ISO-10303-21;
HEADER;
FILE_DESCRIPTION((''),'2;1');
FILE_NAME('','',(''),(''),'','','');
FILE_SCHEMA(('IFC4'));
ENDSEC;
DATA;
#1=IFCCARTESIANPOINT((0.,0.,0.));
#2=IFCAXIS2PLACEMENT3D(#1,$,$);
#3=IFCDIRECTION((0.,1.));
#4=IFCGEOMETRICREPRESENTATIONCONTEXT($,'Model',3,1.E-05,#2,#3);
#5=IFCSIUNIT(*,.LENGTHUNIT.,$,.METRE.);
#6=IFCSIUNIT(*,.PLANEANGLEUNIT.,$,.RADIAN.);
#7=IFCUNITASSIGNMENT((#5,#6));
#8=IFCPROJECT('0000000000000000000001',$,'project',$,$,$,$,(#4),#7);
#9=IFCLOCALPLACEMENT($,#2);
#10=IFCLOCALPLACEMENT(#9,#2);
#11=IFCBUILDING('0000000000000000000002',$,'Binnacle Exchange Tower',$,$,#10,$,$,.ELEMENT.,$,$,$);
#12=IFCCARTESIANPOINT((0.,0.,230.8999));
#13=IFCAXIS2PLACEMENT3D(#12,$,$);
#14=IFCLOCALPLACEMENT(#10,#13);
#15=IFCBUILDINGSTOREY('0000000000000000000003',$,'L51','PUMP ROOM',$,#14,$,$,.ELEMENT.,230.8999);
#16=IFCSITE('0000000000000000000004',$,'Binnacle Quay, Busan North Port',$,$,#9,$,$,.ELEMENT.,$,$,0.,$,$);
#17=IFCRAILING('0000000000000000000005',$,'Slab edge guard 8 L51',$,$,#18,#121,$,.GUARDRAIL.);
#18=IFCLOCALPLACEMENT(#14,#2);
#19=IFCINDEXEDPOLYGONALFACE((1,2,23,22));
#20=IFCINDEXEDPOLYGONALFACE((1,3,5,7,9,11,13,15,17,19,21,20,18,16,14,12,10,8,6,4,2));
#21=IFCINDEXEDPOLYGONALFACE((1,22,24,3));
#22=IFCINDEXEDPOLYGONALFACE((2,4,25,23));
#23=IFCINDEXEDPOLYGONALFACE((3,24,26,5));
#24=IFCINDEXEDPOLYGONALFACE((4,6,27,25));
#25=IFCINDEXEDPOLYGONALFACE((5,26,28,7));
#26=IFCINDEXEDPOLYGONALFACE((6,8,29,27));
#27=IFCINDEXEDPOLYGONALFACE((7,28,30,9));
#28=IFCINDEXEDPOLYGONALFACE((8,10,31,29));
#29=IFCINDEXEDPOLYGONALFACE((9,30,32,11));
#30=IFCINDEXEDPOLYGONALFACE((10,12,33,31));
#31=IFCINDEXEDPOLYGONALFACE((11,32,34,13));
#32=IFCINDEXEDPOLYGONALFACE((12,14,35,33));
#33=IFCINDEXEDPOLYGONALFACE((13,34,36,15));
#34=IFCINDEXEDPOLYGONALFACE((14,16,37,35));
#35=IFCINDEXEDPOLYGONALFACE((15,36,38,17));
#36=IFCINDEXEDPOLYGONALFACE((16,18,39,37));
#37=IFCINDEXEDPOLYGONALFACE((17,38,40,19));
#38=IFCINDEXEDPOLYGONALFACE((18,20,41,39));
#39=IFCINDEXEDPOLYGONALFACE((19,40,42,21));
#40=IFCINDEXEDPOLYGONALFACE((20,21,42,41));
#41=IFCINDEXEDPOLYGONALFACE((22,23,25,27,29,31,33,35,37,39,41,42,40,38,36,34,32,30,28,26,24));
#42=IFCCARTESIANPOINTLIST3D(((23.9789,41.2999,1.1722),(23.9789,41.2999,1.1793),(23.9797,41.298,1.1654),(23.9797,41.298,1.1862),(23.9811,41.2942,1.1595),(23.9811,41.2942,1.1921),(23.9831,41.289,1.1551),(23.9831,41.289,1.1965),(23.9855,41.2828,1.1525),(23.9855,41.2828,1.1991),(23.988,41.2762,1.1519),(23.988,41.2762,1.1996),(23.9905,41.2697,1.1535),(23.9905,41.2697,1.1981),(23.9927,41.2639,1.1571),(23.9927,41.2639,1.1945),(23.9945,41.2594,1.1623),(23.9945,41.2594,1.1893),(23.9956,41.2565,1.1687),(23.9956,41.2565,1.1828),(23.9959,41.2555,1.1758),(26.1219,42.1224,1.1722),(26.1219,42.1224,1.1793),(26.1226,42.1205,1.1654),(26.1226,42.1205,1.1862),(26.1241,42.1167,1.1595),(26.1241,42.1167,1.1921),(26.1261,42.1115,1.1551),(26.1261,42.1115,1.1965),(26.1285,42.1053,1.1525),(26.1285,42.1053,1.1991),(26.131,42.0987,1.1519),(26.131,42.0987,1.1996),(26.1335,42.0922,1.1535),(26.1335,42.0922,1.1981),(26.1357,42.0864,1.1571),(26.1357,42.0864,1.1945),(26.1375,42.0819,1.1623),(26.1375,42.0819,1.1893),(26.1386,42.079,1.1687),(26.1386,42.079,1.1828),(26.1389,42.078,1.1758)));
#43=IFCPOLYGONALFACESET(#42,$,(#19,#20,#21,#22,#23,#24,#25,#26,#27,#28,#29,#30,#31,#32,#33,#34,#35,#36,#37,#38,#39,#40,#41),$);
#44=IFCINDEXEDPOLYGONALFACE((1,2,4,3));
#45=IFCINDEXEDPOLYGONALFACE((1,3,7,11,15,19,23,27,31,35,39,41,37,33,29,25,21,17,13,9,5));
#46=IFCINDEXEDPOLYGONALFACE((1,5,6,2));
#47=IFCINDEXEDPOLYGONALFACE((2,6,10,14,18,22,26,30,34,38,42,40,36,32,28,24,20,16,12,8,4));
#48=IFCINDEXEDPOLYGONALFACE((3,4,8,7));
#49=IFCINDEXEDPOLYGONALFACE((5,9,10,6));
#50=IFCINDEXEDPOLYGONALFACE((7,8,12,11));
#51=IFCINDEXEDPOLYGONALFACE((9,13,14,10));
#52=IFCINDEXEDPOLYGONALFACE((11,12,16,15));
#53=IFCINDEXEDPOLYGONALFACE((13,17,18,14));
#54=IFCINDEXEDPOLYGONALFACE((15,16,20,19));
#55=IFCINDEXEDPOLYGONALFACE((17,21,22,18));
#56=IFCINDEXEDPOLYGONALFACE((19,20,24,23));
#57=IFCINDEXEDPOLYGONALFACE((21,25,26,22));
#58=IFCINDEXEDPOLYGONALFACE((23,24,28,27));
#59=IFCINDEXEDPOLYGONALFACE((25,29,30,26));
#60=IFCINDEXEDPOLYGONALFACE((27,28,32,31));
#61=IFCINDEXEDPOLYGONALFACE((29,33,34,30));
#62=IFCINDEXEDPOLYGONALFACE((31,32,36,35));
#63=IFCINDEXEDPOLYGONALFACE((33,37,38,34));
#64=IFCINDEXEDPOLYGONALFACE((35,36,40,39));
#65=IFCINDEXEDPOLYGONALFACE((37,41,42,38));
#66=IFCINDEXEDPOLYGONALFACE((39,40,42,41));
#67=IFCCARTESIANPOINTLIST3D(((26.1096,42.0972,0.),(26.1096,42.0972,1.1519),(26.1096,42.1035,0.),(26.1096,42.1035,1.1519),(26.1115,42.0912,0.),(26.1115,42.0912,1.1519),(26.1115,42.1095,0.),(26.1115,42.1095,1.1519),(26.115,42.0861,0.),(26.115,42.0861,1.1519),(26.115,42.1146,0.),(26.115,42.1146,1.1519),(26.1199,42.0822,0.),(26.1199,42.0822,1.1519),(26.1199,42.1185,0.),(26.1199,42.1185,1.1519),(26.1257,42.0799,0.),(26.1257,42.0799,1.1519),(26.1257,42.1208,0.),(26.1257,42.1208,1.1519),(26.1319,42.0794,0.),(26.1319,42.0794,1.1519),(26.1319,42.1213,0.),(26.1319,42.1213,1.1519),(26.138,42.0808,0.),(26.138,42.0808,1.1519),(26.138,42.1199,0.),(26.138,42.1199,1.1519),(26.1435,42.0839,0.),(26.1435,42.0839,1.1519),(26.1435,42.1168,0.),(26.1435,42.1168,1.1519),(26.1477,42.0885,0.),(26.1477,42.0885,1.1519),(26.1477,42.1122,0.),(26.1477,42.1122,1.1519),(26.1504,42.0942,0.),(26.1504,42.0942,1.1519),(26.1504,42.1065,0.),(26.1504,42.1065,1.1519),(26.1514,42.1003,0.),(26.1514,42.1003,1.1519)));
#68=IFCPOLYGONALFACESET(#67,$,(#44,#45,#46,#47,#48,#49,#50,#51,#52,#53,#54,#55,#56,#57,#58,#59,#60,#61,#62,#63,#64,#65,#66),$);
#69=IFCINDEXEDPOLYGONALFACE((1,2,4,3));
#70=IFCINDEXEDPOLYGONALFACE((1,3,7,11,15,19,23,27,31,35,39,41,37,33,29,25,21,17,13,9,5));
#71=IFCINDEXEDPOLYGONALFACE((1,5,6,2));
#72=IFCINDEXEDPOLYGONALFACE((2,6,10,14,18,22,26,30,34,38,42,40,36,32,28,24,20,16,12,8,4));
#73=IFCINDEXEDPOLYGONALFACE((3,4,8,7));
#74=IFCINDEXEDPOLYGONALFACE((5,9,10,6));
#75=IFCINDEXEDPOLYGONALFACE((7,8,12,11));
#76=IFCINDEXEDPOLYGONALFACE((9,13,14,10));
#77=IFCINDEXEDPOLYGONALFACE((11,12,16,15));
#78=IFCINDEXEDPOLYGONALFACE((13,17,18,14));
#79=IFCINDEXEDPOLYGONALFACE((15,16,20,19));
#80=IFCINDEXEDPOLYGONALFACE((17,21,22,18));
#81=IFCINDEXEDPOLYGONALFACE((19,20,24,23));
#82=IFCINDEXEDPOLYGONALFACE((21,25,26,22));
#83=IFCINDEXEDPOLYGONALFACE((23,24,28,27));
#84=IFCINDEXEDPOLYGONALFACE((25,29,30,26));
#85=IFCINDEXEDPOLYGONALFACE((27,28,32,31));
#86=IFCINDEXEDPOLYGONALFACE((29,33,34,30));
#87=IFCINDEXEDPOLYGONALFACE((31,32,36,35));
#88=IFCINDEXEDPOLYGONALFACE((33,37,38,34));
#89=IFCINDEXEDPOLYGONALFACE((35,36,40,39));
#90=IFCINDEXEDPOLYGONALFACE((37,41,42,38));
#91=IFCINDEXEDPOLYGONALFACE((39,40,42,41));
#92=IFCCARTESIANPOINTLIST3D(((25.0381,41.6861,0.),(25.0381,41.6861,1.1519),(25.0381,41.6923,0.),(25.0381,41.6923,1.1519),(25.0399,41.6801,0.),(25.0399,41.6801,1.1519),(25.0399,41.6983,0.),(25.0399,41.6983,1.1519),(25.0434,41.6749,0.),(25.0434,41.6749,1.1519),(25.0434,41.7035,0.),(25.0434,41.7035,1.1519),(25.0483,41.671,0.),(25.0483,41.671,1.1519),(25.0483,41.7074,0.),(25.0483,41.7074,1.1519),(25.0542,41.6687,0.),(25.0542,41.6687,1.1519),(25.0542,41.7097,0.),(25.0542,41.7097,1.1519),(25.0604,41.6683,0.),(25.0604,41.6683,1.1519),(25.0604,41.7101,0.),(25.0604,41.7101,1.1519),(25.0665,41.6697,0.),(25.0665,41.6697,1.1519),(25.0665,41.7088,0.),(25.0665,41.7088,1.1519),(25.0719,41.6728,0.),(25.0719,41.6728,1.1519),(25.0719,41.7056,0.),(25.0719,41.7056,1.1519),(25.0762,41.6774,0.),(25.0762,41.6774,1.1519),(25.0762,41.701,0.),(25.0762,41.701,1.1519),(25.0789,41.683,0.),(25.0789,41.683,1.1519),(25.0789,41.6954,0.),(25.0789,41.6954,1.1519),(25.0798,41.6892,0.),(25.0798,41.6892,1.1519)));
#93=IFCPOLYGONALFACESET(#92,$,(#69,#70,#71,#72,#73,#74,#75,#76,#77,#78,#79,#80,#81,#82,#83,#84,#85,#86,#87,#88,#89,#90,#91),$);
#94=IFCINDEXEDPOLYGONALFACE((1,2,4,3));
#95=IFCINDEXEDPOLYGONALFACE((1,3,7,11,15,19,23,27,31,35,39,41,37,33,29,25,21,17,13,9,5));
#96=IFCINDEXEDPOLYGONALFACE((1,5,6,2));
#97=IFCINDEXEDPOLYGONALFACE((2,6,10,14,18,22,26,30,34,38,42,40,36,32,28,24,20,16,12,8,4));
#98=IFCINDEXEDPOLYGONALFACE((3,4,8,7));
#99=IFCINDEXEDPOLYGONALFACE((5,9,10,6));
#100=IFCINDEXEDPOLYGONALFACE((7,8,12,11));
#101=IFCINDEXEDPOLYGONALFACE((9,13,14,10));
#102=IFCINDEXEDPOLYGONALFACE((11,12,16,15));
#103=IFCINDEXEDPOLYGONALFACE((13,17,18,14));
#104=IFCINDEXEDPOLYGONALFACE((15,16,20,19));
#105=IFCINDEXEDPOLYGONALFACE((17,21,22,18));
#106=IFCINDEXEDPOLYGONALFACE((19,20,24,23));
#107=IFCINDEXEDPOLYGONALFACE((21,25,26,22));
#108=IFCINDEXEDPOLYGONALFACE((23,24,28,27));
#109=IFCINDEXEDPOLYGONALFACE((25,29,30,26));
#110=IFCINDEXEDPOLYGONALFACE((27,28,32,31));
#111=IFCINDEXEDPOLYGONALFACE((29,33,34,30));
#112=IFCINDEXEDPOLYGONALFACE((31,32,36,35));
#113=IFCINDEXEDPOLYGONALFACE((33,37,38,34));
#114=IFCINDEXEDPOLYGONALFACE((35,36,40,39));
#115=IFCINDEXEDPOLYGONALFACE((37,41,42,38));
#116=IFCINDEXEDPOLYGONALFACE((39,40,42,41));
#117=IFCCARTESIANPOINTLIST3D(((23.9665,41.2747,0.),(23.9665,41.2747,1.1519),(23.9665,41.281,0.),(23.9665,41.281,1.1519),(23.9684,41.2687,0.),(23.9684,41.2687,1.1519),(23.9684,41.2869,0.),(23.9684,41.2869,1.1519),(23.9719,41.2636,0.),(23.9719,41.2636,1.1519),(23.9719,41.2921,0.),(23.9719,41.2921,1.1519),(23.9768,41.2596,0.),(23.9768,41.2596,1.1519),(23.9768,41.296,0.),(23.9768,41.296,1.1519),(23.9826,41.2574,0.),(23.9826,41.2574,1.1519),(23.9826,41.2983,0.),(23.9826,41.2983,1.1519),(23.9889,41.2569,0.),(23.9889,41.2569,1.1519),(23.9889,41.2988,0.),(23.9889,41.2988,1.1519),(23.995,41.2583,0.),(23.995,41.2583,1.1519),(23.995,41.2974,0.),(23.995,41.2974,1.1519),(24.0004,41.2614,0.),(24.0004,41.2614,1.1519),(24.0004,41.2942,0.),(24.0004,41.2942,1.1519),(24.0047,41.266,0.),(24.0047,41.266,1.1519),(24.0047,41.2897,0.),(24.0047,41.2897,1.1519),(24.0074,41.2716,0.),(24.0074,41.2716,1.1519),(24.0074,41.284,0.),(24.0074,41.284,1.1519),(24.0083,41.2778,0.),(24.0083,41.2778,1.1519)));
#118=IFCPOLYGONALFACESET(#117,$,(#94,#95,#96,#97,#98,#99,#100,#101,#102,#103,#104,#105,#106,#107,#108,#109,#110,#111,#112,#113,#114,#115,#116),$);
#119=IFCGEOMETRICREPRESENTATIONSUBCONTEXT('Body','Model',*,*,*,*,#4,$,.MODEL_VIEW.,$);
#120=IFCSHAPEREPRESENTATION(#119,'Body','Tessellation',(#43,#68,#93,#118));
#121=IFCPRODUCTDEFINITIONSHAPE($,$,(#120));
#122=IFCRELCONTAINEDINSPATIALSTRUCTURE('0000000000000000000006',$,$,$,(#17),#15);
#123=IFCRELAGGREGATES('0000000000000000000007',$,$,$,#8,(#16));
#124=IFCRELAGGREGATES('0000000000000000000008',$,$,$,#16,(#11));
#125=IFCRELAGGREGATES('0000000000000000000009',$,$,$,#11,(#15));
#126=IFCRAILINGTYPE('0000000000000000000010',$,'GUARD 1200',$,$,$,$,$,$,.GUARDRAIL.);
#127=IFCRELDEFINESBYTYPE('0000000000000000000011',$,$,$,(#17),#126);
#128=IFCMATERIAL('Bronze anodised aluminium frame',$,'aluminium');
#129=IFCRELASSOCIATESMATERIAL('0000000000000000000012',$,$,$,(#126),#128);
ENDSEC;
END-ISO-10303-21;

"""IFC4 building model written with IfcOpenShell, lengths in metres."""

from ifc_helpers import new_model, si_unit, direction, frame, origin, origin_2d, place, context, subcontext, project, spatial, circle, extrude, material, type_object, element, save


model = new_model("IFC4")

# Units and contexts
model_context = context("Model", 3, precision=1e-05, world=origin(), true_north=direction((0.0, 1.0)))
body_context = subcontext(model_context, "Body", "Model", "MODEL_VIEW")
ifc_project = project(units=[si_unit("LENGTHUNIT", "METRE"), si_unit("PLANEANGLEUNIT", "RADIAN")], contexts=[model_context])

# Site, building, storey
site_placement = place(None, origin())
site = spatial("IfcSite", under=ifc_project, at=site_placement, Name="Binnacle Quay, Busan North Port", CompositionType="ELEMENT", RefElevation=0.0)
building_placement = place(site_placement, origin())
building = spatial("IfcBuilding", under=site, at=building_placement, Name="Binnacle Exchange Tower", CompositionType="ELEMENT")
storey_placement = place(building_placement, frame((0.0, 0.0, 230.8999)))
storey = spatial("IfcBuildingStorey", under=building, at=storey_placement, Name="L51", Description="PUMP ROOM", CompositionType="ELEMENT", Elevation=230.8999)

# Railing
ifc_material_1 = material(Name="Bronze anodised aluminium frame", Category="aluminium")
railing_type = type_object("IfcRailingType", Name="GUARD 1200", PredefinedType="GUARDRAIL", material=ifc_material_1)
railing_1_placement = place(storey_placement, frame((26.1304, 42.1003, 0.0)))
element("IfcRailing", 1, at=railing_1_placement, inside=storey, type_object=railing_type, Name="Slab edge guard 8 L51", PredefinedType="GUARDRAIL", context=body_context, shape_type="SweptSolid", body=[
    extrude(circle(Radius=0.0239, at=origin_2d()), frame((0.0, 0.0, 1.1758), z_axis=(-0.9336, -0.358316, 0.0), x_axis=(0.358316, -0.9336, 0.0)), (0.0, 0.0, 1.0), 2.2954),
    extrude(circle(Radius=0.021, at=origin_2d()), origin(), (0.0, 0.0, 1.0), 1.1519),
    extrude(circle(Radius=0.021, at=origin_2d()), frame((-1.0715, -0.4111, 0.0)), (0.0, 0.0, 1.0), 1.1519),
    extrude(circle(Radius=0.021, at=origin_2d()), frame((-2.1431, -0.8225, 0.0)), (0.0, 0.0, 1.0), 1.1519),
])

save(model, "model.ifc")
